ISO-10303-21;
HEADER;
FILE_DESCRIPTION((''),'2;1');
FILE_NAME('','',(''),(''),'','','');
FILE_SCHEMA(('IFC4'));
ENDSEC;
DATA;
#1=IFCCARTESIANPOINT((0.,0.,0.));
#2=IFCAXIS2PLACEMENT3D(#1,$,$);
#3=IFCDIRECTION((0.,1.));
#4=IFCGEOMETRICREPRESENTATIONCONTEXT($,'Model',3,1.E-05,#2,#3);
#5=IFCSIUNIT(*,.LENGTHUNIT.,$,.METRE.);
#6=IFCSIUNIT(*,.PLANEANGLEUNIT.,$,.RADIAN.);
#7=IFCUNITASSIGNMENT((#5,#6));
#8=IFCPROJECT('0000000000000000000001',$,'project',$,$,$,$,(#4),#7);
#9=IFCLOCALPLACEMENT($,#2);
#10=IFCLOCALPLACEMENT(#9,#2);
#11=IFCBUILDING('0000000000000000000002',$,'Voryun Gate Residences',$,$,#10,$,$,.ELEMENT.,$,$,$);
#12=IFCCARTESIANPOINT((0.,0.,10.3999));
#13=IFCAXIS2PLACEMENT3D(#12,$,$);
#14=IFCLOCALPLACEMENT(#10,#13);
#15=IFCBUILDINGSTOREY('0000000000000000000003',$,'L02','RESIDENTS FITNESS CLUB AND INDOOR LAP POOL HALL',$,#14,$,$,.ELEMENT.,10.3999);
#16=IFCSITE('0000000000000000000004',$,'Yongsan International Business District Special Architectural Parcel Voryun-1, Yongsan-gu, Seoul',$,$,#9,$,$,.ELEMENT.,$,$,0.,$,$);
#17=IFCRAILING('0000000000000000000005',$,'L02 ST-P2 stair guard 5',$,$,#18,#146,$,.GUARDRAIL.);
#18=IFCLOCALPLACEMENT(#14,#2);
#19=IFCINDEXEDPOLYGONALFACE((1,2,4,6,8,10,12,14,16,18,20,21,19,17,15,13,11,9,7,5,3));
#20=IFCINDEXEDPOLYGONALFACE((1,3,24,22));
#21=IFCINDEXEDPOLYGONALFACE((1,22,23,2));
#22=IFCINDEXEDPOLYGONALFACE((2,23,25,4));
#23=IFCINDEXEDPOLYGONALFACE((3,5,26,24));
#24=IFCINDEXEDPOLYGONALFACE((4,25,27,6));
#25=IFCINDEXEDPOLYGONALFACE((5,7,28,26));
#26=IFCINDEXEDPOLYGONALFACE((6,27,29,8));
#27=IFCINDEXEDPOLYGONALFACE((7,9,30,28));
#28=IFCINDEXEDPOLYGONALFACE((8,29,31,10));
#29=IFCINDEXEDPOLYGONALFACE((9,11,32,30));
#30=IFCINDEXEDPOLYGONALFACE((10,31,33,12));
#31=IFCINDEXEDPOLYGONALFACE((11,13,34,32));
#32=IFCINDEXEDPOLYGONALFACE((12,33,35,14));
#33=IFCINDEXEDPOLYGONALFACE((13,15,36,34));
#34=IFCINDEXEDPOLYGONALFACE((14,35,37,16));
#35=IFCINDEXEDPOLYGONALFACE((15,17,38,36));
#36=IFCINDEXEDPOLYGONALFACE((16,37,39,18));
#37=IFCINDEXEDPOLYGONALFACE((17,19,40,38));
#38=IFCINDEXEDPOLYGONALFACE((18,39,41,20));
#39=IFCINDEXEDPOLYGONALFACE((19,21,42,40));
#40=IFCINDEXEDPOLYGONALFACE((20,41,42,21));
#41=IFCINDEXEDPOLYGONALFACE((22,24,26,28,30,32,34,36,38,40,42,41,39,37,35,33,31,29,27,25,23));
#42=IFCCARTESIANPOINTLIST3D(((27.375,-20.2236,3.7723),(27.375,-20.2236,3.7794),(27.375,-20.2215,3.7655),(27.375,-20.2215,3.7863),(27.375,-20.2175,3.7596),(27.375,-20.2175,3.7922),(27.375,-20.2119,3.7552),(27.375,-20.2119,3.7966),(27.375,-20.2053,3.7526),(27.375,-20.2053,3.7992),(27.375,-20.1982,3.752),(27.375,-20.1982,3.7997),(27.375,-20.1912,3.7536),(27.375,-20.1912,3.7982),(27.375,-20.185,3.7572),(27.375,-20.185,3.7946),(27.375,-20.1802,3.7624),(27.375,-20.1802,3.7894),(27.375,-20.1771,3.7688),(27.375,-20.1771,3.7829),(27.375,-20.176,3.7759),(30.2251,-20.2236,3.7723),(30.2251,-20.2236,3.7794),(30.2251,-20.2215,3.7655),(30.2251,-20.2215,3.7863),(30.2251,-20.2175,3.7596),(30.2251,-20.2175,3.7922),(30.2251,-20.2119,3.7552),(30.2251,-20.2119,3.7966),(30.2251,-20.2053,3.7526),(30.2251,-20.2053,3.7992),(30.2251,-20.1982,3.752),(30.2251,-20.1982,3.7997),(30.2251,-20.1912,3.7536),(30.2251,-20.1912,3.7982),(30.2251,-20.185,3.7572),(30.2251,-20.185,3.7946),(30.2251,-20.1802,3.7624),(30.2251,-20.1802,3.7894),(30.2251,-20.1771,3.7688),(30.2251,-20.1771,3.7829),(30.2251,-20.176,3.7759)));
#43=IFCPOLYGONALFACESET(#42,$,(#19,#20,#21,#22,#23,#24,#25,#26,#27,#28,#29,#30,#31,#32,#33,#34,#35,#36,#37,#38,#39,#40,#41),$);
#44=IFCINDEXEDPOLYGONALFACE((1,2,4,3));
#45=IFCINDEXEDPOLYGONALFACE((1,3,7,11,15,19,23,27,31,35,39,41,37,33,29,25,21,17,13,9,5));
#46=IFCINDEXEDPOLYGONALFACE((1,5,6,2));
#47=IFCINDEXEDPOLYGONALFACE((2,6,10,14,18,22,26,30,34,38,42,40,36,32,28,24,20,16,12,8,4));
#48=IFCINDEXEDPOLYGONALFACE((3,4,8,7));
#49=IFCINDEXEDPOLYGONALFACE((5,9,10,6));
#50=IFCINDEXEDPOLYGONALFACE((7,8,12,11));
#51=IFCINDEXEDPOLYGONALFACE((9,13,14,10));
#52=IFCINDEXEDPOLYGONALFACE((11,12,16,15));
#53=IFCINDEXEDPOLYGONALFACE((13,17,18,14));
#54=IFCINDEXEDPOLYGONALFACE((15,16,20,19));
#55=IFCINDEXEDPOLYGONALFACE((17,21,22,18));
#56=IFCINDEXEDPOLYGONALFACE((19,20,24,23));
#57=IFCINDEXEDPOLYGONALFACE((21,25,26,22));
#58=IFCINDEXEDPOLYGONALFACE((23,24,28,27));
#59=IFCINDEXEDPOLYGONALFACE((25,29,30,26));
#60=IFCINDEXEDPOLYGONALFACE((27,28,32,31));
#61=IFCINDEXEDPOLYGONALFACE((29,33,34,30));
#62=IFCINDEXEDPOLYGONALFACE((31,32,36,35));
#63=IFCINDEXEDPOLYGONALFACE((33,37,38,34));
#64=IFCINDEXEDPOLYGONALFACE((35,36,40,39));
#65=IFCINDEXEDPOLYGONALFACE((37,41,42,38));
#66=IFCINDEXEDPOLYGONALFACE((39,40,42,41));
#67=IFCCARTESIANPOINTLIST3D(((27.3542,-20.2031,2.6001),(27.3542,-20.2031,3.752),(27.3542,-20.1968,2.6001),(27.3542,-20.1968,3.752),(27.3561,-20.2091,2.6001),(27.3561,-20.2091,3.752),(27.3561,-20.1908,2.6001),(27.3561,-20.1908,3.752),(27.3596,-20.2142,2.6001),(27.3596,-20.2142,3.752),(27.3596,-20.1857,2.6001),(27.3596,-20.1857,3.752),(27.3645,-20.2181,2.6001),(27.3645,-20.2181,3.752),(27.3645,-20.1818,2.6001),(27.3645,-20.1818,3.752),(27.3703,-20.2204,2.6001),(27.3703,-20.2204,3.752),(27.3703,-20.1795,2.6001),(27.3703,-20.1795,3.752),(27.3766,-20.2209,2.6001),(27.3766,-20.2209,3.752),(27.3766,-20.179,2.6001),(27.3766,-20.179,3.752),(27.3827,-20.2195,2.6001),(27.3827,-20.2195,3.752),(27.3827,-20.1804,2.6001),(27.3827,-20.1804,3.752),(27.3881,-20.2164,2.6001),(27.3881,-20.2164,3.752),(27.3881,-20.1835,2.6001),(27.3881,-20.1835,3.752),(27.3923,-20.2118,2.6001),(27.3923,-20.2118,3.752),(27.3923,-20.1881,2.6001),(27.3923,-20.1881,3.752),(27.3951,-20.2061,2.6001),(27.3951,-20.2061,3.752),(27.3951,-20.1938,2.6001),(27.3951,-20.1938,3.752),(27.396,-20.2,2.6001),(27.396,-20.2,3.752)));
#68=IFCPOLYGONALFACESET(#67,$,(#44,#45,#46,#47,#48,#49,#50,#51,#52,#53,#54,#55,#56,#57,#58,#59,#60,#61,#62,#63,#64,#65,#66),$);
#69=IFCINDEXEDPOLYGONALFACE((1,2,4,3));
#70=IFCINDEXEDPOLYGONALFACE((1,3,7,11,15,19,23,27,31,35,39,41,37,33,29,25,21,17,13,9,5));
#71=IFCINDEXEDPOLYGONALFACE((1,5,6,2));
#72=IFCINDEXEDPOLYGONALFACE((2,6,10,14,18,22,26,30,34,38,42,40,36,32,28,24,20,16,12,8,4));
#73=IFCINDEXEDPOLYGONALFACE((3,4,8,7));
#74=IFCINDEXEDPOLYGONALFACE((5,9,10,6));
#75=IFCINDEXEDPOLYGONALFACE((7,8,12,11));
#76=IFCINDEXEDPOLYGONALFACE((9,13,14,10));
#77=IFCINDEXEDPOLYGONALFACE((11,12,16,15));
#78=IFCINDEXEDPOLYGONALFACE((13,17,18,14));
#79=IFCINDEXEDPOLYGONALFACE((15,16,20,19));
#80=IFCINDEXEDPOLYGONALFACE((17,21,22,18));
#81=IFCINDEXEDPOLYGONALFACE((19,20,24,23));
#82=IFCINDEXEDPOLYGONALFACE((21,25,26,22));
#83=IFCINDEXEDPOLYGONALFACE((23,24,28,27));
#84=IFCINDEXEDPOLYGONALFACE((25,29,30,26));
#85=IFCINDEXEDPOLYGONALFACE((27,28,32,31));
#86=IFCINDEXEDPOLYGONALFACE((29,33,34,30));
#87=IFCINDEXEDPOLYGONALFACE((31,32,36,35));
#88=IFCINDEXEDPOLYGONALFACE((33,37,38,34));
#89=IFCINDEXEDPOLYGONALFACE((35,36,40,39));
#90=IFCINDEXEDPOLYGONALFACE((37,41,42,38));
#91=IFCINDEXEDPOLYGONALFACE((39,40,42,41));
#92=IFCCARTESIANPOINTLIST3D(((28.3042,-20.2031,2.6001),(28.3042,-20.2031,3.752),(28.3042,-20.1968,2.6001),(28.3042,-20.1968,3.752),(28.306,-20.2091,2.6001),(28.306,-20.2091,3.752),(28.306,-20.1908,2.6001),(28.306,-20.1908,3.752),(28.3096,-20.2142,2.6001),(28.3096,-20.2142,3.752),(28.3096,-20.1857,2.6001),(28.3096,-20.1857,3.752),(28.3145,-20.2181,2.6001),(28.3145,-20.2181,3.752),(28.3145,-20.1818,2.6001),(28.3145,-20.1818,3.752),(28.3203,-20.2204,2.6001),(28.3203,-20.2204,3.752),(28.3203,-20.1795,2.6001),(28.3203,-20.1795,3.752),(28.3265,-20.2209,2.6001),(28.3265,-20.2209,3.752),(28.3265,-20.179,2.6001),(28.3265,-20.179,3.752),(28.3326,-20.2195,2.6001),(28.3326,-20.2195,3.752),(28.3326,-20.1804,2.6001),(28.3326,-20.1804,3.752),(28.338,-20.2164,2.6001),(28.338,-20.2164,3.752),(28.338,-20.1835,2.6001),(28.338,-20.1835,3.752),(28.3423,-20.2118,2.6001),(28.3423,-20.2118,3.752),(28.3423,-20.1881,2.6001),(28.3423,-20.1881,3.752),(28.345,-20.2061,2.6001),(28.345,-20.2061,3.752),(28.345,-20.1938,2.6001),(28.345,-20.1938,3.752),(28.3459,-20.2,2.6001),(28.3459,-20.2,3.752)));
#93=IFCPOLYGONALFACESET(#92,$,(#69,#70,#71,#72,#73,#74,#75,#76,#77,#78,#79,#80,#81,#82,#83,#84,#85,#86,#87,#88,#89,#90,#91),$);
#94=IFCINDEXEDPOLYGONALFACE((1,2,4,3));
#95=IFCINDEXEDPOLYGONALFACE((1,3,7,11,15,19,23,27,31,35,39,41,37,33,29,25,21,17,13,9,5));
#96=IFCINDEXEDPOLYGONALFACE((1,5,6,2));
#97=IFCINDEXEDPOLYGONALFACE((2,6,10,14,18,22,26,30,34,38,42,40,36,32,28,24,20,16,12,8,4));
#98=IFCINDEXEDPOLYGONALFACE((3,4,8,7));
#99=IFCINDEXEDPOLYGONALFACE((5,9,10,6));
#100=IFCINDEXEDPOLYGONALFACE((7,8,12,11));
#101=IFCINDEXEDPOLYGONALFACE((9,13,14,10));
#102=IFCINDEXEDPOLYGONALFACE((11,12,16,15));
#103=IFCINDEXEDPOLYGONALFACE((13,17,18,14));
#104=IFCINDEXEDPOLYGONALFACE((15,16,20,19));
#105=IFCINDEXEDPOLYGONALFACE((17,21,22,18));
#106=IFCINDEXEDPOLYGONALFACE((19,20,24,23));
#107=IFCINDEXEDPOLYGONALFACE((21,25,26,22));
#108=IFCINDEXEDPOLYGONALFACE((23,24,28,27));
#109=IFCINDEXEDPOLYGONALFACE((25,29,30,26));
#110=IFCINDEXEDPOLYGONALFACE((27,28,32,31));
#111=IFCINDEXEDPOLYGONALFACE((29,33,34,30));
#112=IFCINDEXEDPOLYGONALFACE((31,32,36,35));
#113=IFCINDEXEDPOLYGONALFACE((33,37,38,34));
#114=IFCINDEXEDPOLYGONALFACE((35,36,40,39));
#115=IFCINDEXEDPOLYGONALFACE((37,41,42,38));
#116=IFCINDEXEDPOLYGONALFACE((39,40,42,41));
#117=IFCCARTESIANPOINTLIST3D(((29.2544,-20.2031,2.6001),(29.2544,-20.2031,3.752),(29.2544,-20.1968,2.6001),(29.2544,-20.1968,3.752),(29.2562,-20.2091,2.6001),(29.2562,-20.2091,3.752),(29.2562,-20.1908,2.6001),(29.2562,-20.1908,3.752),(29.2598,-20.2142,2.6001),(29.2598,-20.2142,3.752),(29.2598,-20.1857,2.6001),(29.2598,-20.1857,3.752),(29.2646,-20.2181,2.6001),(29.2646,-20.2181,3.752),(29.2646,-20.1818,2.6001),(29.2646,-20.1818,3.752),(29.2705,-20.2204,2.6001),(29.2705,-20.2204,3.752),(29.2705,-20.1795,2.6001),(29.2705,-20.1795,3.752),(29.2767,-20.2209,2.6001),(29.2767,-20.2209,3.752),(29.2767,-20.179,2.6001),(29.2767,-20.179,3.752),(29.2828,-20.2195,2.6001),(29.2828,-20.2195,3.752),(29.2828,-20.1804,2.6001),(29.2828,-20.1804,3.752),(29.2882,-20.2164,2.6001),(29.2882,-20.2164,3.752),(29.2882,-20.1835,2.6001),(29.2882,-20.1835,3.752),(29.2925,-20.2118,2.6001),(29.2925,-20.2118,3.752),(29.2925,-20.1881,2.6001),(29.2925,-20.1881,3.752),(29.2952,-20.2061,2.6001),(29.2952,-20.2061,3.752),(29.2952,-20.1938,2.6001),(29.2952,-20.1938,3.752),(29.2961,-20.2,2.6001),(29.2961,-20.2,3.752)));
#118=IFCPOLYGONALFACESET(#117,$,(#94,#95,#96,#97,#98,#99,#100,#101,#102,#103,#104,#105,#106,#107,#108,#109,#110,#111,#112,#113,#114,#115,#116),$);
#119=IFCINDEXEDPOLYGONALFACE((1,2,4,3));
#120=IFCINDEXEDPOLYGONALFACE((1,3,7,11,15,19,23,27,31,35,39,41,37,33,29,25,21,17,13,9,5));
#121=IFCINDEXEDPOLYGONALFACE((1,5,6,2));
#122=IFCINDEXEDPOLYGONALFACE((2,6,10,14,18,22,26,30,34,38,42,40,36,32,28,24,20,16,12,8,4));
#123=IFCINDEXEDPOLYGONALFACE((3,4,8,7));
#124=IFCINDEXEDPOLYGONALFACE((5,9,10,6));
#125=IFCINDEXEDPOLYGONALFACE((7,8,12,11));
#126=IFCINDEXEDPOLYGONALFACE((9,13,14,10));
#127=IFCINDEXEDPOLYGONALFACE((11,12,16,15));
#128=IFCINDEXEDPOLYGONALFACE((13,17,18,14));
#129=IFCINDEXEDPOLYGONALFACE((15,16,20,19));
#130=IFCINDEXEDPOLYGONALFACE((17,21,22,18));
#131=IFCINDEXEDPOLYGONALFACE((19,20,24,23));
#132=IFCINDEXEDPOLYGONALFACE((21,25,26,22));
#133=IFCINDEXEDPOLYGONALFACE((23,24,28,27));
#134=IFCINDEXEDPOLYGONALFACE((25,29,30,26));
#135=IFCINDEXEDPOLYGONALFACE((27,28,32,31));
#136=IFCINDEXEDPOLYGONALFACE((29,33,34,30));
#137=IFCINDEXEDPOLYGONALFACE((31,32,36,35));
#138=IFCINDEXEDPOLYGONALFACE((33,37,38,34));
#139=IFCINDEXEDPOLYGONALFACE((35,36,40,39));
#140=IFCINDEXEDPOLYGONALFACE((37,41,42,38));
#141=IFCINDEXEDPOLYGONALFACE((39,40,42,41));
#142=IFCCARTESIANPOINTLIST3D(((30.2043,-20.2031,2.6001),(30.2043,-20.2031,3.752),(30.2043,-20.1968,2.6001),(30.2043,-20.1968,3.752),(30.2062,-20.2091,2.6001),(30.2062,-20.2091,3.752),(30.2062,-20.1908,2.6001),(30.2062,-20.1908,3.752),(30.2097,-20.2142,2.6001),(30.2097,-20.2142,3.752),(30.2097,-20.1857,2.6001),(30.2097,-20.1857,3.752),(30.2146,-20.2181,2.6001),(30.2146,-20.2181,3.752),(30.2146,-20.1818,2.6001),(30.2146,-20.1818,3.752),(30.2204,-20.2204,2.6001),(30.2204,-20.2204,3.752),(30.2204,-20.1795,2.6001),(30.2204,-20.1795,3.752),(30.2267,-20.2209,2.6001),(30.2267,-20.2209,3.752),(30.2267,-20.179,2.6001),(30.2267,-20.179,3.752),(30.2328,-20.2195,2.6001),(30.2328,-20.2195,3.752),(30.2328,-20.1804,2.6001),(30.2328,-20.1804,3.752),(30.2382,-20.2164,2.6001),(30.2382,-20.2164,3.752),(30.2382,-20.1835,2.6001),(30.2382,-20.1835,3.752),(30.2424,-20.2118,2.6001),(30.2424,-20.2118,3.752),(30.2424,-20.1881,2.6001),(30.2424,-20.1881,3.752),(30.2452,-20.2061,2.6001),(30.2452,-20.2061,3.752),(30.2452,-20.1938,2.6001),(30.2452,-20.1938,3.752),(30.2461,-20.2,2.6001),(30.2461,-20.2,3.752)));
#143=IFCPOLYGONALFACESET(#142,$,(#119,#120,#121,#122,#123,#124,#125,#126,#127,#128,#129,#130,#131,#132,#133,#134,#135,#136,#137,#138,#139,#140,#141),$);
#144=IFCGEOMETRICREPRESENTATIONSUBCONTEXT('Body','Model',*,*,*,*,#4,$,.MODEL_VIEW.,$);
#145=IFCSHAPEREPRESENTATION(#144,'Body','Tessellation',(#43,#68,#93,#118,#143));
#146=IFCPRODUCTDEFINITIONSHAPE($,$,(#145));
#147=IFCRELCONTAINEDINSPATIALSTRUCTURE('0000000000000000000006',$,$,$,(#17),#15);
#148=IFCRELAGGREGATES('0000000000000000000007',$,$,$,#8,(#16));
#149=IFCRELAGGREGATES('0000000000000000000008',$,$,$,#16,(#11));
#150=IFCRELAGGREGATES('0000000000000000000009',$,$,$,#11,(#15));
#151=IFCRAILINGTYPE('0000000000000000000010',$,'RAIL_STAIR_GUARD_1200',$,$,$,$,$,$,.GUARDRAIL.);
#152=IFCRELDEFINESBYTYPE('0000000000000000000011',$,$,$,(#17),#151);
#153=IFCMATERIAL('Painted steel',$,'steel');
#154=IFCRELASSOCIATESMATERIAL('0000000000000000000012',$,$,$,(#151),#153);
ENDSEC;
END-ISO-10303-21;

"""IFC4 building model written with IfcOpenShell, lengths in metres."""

from ifc_helpers import new_model, si_unit, direction, frame, origin, origin_2d, place, context, subcontext, project, spatial, circle, extrude, material, type_object, element, save


model = new_model("IFC4")

# Units and contexts
model_context = context("Model", 3, precision=1e-05, world=origin(), true_north=direction((0.0, 1.0)))
body_context = subcontext(model_context, "Body", "Model", "MODEL_VIEW")
ifc_project = project(units=[si_unit("LENGTHUNIT", "METRE"), si_unit("PLANEANGLEUNIT", "RADIAN")], contexts=[model_context])

# Site, building, storey
site_placement = place(None, origin())
site = spatial("IfcSite", under=ifc_project, at=site_placement, Name="Yongsan International Business District Special Architectural Parcel Voryun-1, Yongsan-gu, Seoul", CompositionType="ELEMENT", RefElevation=0.0)
building_placement = place(site_placement, origin())
building = spatial("IfcBuilding", under=site, at=building_placement, Name="Voryun Gate Residences", CompositionType="ELEMENT")
storey_placement = place(building_placement, frame((0.0, 0.0, 10.3999)))
storey = spatial("IfcBuildingStorey", under=building, at=storey_placement, Name="L02", Description="RESIDENTS FITNESS CLUB AND INDOOR LAP POOL HALL", CompositionType="ELEMENT", Elevation=10.3999)

# Railing
ifc_material_1 = material(Name="Painted steel", Category="steel")
railing_type_1 = type_object("IfcRailingType", Name="RAIL_STAIR_GUARD_1200", PredefinedType="GUARDRAIL", material=ifc_material_1)
railing_1_placement = place(storey_placement, frame((27.375, -20.2, 2.6001)))
element("IfcRailing", 1, at=railing_1_placement, inside=storey, type_object=railing_type_1, Name="L02 ST-P2 stair guard 5", PredefinedType="GUARDRAIL", context=body_context, shape_type="SweptSolid", body=[
    extrude(circle(Radius=0.0239, at=origin_2d()), frame((0.0, 0.0, 1.1758), z_axis=(1.0, 0.0, 0.0), x_axis=(0.0, 1.0, 0.0)), (0.0, 0.0, 1.0), 2.8501),
    extrude(circle(Radius=0.021, at=origin_2d()), origin(), (0.0, 0.0, 1.0), 1.1519),
    extrude(circle(Radius=0.021, at=origin_2d()), frame((0.95, 0.0, 0.0)), (0.0, 0.0, 1.0), 1.1519),
    extrude(circle(Radius=0.021, at=origin_2d()), frame((1.9001, 0.0, 0.0)), (0.0, 0.0, 1.0), 1.1519),
    extrude(circle(Radius=0.021, at=origin_2d()), frame((2.8501, 0.0, 0.0)), (0.0, 0.0, 1.0), 1.1519),
])

save(model, "model.ifc")
